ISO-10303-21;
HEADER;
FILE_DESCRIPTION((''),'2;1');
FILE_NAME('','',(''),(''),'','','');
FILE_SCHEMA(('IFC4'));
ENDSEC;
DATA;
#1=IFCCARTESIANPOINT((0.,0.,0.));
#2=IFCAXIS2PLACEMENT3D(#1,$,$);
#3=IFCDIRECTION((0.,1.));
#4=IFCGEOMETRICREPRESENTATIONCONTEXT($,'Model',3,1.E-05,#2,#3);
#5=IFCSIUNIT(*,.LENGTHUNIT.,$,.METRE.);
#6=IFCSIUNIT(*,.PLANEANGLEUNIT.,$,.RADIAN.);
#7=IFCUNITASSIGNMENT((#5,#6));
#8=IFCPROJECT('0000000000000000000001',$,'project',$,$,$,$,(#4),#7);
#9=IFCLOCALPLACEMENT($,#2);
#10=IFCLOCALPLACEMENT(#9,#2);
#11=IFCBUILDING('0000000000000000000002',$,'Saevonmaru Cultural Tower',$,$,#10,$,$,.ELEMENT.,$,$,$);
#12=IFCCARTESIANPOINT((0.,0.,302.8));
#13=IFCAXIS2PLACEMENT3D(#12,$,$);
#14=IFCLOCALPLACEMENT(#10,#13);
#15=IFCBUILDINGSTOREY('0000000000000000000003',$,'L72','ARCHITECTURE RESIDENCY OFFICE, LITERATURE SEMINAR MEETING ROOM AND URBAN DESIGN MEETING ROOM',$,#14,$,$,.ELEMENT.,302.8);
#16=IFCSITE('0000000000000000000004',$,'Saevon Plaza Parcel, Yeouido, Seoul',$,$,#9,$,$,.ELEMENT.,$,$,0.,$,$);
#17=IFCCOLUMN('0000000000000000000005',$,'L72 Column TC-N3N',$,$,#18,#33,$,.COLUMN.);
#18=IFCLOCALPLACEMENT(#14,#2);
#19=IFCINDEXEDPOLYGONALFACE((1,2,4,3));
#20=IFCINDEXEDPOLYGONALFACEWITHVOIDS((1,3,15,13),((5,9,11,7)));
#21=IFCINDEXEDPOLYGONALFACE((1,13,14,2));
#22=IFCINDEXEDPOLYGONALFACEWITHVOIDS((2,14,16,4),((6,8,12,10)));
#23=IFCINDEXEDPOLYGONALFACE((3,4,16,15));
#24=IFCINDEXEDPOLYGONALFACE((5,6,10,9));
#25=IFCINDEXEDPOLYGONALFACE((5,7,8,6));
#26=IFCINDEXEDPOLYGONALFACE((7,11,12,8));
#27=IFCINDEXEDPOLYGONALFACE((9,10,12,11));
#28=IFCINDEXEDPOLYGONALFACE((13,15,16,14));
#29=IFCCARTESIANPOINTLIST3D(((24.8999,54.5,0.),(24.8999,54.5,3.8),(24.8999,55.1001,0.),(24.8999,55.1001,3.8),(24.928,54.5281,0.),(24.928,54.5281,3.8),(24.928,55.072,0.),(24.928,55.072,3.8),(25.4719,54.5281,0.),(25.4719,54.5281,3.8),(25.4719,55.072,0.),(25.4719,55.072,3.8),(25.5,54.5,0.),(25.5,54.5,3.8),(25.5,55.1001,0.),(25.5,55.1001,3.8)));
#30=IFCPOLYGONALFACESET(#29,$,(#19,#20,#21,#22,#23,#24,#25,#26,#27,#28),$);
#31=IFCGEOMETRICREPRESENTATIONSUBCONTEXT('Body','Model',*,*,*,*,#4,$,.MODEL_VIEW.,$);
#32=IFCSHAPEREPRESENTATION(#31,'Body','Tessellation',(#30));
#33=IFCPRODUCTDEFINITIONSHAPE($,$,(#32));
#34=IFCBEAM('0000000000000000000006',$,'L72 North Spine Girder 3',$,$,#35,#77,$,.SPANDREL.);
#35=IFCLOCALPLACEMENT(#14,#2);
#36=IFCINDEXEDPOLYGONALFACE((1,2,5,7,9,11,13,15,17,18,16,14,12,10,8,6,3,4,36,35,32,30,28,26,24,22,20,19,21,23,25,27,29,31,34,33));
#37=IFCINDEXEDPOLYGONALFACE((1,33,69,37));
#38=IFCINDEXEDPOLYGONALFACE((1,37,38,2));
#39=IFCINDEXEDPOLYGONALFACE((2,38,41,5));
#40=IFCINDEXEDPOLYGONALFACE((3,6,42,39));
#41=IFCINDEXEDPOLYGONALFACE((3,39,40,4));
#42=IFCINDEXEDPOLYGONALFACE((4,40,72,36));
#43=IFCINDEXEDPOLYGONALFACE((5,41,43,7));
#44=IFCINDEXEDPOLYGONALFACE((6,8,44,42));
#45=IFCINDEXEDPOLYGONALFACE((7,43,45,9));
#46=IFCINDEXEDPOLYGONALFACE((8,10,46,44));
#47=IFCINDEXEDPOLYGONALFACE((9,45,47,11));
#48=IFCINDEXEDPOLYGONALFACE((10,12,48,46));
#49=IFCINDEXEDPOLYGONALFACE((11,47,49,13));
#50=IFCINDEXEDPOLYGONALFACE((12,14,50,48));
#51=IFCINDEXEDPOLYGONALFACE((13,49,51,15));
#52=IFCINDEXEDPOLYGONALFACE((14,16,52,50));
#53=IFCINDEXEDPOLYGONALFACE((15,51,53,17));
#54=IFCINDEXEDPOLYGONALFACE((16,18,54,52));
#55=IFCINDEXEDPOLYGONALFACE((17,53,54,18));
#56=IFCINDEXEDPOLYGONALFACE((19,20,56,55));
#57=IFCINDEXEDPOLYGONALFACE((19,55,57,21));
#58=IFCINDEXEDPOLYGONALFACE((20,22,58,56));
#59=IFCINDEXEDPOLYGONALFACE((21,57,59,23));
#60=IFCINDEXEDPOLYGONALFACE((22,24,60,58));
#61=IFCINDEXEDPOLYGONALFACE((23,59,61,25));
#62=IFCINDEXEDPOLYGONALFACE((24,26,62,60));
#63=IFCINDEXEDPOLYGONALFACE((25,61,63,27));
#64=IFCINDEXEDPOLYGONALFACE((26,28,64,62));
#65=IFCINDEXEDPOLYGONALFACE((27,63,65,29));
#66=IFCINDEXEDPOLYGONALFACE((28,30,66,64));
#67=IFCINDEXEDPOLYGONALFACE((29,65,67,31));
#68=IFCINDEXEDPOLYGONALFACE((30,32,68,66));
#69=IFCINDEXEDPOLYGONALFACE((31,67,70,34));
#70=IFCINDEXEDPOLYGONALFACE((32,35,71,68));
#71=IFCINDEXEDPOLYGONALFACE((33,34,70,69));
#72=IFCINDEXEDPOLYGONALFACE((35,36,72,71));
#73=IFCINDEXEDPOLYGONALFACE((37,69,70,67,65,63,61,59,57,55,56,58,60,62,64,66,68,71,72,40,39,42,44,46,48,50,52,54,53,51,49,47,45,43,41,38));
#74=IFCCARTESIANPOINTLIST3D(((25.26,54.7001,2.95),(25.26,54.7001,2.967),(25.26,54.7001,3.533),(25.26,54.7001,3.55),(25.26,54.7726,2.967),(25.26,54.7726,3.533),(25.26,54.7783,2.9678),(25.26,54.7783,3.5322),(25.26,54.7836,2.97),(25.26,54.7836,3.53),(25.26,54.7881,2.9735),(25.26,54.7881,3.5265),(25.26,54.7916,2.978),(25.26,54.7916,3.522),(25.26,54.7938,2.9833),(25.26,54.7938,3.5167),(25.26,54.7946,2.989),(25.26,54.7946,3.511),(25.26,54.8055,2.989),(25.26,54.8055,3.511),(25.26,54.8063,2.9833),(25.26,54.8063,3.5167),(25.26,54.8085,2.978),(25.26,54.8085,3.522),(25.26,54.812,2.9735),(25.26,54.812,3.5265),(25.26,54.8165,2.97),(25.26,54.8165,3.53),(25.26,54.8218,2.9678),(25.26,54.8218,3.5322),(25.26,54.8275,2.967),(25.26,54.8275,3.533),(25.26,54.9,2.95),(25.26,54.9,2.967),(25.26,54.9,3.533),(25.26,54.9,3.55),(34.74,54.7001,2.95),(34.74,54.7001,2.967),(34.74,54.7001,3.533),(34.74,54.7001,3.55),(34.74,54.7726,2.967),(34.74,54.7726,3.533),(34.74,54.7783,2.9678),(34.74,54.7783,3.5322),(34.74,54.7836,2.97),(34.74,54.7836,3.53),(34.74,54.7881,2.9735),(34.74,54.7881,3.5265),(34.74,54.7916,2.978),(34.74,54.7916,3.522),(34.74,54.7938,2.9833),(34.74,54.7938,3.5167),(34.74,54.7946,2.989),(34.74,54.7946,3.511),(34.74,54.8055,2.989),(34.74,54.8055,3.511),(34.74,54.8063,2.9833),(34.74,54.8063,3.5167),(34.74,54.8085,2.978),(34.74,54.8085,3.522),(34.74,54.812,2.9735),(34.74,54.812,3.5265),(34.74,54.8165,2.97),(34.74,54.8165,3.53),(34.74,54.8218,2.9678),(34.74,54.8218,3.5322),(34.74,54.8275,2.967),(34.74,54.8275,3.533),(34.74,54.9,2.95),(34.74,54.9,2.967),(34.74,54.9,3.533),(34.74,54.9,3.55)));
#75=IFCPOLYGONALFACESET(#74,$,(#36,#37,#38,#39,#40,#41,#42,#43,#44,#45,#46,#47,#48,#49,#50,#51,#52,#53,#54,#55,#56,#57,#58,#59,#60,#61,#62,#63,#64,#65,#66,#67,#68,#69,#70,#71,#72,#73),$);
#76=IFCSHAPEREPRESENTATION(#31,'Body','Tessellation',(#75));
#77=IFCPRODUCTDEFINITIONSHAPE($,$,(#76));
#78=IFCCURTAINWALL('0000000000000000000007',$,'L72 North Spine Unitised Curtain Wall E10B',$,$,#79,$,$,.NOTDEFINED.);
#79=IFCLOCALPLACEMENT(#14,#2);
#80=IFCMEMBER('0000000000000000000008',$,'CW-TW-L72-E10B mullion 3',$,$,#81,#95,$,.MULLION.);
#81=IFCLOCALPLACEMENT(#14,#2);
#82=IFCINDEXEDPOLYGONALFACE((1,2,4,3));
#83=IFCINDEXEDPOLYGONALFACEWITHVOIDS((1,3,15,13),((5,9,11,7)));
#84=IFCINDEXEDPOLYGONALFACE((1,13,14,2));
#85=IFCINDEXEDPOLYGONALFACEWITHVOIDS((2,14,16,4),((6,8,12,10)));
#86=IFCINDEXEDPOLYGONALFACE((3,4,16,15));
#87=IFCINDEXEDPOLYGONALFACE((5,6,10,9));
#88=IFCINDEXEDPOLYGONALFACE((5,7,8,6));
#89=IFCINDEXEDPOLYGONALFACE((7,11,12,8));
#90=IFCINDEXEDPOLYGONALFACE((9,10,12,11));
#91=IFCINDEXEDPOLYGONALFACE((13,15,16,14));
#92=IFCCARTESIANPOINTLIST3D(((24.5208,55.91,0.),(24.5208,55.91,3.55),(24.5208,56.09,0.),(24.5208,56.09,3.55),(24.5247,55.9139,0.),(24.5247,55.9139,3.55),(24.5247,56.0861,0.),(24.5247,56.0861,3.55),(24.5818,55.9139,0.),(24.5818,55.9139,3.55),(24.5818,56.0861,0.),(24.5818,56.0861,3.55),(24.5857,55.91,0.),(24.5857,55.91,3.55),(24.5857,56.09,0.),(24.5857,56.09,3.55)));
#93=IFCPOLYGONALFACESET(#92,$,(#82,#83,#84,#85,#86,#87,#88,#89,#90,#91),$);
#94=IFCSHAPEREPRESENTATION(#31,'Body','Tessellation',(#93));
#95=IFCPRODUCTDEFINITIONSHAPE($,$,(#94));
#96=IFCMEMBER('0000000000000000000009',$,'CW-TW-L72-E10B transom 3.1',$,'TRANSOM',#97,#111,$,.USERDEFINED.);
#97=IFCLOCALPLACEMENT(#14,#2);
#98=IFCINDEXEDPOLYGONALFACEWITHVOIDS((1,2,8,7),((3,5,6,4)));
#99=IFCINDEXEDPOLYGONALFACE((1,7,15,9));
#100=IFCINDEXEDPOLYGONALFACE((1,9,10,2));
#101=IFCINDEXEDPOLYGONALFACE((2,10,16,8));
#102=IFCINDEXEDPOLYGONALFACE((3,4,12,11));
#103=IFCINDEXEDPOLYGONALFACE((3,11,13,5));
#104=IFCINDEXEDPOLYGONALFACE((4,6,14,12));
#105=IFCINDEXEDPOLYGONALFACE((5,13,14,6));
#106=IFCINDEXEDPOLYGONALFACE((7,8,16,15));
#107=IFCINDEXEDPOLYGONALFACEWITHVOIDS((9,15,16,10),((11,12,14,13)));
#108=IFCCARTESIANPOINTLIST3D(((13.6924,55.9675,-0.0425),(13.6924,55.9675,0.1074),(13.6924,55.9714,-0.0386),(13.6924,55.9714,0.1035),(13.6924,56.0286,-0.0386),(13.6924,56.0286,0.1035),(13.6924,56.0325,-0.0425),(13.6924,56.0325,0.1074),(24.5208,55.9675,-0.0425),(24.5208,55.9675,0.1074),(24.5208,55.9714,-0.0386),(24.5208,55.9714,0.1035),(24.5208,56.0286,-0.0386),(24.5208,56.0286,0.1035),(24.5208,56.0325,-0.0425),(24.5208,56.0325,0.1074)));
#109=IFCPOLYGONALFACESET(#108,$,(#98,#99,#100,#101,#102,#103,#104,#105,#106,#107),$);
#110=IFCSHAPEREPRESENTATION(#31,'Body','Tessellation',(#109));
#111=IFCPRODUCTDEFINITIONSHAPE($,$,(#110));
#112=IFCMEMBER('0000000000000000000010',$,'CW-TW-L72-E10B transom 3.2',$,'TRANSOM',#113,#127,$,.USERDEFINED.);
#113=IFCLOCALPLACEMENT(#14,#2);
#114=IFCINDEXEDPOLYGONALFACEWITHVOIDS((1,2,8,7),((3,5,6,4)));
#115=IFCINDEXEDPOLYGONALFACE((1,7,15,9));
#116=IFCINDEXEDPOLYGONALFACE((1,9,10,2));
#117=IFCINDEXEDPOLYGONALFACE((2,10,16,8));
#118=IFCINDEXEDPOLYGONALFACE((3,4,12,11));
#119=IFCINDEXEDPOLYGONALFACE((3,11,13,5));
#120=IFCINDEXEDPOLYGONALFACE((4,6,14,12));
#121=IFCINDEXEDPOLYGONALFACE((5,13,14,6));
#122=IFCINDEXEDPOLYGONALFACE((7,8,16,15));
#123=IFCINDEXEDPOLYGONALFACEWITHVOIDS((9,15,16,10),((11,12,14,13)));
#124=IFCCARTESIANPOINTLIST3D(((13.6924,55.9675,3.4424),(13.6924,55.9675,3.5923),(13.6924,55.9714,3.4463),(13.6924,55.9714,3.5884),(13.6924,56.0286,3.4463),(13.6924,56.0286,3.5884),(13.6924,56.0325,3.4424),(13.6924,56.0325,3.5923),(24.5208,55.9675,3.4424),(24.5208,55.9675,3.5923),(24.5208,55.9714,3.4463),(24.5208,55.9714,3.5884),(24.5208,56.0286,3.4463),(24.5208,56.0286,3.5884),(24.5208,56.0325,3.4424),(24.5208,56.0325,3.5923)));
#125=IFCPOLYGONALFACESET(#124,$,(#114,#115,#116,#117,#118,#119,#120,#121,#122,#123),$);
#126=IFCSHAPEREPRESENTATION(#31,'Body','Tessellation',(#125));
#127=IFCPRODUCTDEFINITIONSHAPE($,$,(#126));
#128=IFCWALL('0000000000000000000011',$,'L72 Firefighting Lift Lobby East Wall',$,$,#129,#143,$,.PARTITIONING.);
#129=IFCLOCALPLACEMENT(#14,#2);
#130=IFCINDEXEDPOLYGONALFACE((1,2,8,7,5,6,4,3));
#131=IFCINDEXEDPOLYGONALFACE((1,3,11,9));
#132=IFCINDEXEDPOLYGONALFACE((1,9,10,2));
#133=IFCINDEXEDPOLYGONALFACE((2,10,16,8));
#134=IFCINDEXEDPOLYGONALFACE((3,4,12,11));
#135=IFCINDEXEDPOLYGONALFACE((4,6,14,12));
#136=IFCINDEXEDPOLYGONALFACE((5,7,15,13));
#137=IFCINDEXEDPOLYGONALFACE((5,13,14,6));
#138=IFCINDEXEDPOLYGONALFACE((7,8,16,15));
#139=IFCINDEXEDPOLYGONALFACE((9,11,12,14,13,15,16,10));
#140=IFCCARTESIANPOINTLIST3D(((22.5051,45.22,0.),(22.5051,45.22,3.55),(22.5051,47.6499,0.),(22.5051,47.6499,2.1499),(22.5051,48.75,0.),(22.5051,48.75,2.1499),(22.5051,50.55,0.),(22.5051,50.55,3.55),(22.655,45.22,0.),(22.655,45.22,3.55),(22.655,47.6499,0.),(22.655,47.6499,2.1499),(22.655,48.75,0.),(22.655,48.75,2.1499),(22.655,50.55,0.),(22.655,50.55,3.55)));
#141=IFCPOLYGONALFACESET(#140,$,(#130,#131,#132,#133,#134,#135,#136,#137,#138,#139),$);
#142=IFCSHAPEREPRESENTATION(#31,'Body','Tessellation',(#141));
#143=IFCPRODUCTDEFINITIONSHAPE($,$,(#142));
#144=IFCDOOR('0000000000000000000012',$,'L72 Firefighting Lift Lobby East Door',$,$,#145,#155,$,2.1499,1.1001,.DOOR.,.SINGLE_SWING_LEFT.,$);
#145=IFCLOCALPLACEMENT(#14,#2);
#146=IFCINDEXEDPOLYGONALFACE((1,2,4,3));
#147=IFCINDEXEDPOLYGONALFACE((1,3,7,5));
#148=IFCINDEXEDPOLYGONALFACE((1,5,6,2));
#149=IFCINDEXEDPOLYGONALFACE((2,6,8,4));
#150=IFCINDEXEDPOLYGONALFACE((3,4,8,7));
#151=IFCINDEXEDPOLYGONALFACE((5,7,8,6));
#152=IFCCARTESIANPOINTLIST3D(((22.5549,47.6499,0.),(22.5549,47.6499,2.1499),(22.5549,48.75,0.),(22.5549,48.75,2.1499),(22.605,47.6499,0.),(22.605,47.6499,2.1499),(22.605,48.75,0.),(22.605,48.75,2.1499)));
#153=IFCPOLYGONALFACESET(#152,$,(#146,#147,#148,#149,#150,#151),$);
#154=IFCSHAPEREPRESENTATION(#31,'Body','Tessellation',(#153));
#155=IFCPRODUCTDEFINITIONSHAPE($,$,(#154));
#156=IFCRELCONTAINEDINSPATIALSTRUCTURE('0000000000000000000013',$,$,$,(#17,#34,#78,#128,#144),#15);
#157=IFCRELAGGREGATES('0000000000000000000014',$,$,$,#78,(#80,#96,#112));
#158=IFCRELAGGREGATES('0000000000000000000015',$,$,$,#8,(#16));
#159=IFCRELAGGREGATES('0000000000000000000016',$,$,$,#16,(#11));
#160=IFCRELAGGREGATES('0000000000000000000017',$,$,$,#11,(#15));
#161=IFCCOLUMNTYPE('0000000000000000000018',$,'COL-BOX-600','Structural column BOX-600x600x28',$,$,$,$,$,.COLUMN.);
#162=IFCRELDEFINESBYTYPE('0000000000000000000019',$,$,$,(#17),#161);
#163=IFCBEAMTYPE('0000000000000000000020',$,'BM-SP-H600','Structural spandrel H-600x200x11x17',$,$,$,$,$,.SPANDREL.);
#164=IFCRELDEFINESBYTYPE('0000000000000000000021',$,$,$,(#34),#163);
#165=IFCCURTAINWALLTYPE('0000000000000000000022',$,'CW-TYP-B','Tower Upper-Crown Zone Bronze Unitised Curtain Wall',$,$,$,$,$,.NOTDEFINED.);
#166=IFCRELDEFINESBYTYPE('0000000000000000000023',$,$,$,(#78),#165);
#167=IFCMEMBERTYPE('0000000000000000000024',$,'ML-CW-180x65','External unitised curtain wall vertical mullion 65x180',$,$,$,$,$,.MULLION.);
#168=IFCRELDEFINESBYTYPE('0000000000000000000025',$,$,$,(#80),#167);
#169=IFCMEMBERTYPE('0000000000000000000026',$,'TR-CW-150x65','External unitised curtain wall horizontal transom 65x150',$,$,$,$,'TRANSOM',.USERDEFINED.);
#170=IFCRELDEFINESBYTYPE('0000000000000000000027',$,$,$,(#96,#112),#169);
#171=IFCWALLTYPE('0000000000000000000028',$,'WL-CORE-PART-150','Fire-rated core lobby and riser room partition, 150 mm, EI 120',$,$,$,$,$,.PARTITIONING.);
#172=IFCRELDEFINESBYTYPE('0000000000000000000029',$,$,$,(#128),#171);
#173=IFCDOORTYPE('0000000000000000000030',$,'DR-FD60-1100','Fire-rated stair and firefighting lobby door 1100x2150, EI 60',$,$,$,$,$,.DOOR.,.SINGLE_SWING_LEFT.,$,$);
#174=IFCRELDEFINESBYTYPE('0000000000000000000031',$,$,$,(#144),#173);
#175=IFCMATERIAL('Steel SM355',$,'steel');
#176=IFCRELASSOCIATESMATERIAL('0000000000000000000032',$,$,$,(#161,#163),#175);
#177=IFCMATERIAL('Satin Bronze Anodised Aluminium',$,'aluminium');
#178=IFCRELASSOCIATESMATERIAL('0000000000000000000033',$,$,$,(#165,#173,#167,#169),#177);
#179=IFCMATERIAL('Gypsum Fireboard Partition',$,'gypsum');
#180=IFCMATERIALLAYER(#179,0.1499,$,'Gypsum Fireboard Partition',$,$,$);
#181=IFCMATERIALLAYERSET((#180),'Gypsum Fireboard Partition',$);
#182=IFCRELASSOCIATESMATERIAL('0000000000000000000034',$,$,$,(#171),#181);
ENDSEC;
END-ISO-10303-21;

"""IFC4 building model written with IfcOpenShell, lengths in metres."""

from ifc_helpers import new_model, si_unit, direction, frame, frame_2d, origin, origin_2d, place, context, subcontext, project, spatial, rectangle, hollow_rectangle, i_section, extrude, material, layer, layer_set, material_profile, profile_set, type_object, element, fill, aggregate, save


model = new_model("IFC4")

# Units and contexts
model_context = context("Model", 3, precision=1e-05, world=origin(), true_north=direction((0.0, 1.0)))
body_context = subcontext(model_context, "Body", "Model", "MODEL_VIEW")
ifc_project = project(units=[si_unit("LENGTHUNIT", "METRE"), si_unit("PLANEANGLEUNIT", "RADIAN")], contexts=[model_context])

# Site, building, storey
site_placement = place(None, origin())
site = spatial("IfcSite", under=ifc_project, at=site_placement, Name="Saevon Plaza Parcel, Yeouido, Seoul", CompositionType="ELEMENT", RefElevation=0.0)
building_placement = place(site_placement, origin())
building = spatial("IfcBuilding", under=site, at=building_placement, Name="Saevonmaru Cultural Tower", CompositionType="ELEMENT")
storey_placement = place(building_placement, frame((0.0, 0.0, 302.8)))
storey = spatial("IfcBuildingStorey", under=building, at=storey_placement, Name="L72", Description="ARCHITECTURE RESIDENCY OFFICE, LITERATURE SEMINAR MEETING ROOM AND URBAN DESIGN MEETING ROOM", CompositionType="ELEMENT", Elevation=302.8)

# Column
ifc_material_1 = material(Name="Steel SM355", Category="steel")
ifc_material_profile_1 = material_profile(ifc_material_1, hollow_rectangle(XDim=0.6001, YDim=0.6001, WallThickness=0.0281, at=origin_2d()), Name="BOX-600x600x28")
ifc_profile_set_1 = profile_set([ifc_material_profile_1], Name="Steel SM355")
column_type = type_object("IfcColumnType", Name="COL-BOX-600", Description="Structural column BOX-600x600x28", PredefinedType="COLUMN", material=ifc_profile_set_1)
column_placement = place(storey_placement, frame((25.2, 54.8, 0.0), z_axis=(0.0, 0.0, 1.0), x_axis=(1.0, 0.0, 0.0)))
element("IfcColumn", 1, at=column_placement, inside=storey, type_object=column_type, Name="L72 Column TC-N3N", PredefinedType="COLUMN", context=body_context, shape_type="SweptSolid", body=[
    extrude(hollow_rectangle(XDim=0.6001, YDim=0.6001, WallThickness=0.0281, at=origin_2d()), origin(), (0.0, 0.0, 1.0), 3.8),
])

# Beam
ifc_material_profile_2 = material_profile(ifc_material_1, i_section(OverallWidth=0.2, OverallDepth=0.6001, WebThickness=0.011, FlangeThickness=0.0171, FilletRadius=0.022, at=origin_2d()), Name="H-600x200x11x17")
ifc_profile_set_2 = profile_set([ifc_material_profile_2], Name="Steel SM355")
beam_type = type_object("IfcBeamType", Name="BM-SP-H600", Description="Structural spandrel H-600x200x11x17", PredefinedType="SPANDREL", material=ifc_profile_set_2)
beam_placement = place(storey_placement, frame((25.26, 54.8, 3.25), z_axis=(1.0, 0.0, 0.0), x_axis=(0.0, 1.0, 0.0)))
element("IfcBeam", 2, at=beam_placement, inside=storey, type_object=beam_type, Name="L72 North Spine Girder 3", PredefinedType="SPANDREL", context=body_context, shape_type="SweptSolid", body=[
    extrude(i_section(OverallWidth=0.2, OverallDepth=0.6001, WebThickness=0.011, FlangeThickness=0.0171, FilletRadius=0.022, at=origin_2d()), origin(), (0.0, 0.0, 1.0), 9.48),
])

# Curtain wall, members
ifc_material_2 = material(Name="Satin Bronze Anodised Aluminium", Category="aluminium")
curtain_wall_type = type_object("IfcCurtainWallType", Name="CW-TYP-B", Description="Tower Upper-Crown Zone Bronze Unitised Curtain Wall", PredefinedType="NOTDEFINED", material=ifc_material_2)
curtain_wall_placement = place(storey_placement, origin())
curtain_wall = element("IfcCurtainWall", 3, at=curtain_wall_placement, inside=storey, type_object=curtain_wall_type, Name="L72 North Spine Unitised Curtain Wall E10B", PredefinedType="NOTDEFINED")
ifc_material_profile_3 = material_profile(ifc_material_2, hollow_rectangle(XDim=0.0649, YDim=0.1799, WallThickness=0.0039, at=origin_2d()), Name="ALU-MULL-180x65x4")
ifc_profile_set_3 = profile_set([ifc_material_profile_3], Name="Satin Bronze Anodised Aluminium")
member_type_1 = type_object("IfcMemberType", Name="ML-CW-180x65", Description="External unitised curtain wall vertical mullion 65x180", PredefinedType="MULLION", material=ifc_profile_set_3)
member_1_placement = place(storey_placement, frame((24.5532, 56.0, 0.0), z_axis=(0.0, 0.0, 1.0), x_axis=(-1.0, 0.0, 0.0)))
member_1 = element("IfcMember", 4, at=member_1_placement, type_object=member_type_1, Name="CW-TW-L72-E10B mullion 3", PredefinedType="MULLION", context=body_context, shape_type="SweptSolid", body=[
    extrude(hollow_rectangle(XDim=0.0649, YDim=0.1799, WallThickness=0.0039, at=origin_2d()), origin(), (0.0, 0.0, 1.0), 3.55),
])
ifc_material_profile_4 = material_profile(ifc_material_2, hollow_rectangle(XDim=0.0649, YDim=0.1499, WallThickness=0.0039, at=origin_2d()), Name="ALU-TRAN-150x65x4")
ifc_profile_set_4 = profile_set([ifc_material_profile_4], Name="Satin Bronze Anodised Aluminium")
member_type_2 = type_object("IfcMemberType", Name="TR-CW-150x65", Description="External unitised curtain wall horizontal transom 65x150", ElementType="TRANSOM", PredefinedType="USERDEFINED", material=ifc_profile_set_4)
member_2_placement = place(storey_placement, frame((24.5208, 56.0, 0.0325), z_axis=(-1.0, 0.0, 0.0), x_axis=(0.0, -1.0, 0.0)))
member_2 = element("IfcMember", 5, at=member_2_placement, type_object=member_type_2, Name="CW-TW-L72-E10B transom 3.1", ObjectType="TRANSOM", PredefinedType="USERDEFINED", context=body_context, shape_type="SweptSolid", body=[
    extrude(hollow_rectangle(XDim=0.0649, YDim=0.1499, WallThickness=0.0039, at=origin_2d()), origin(), (0.0, 0.0, 1.0), 10.8284),
])
member_3_placement = place(storey_placement, frame((24.5208, 56.0, 3.5173), z_axis=(-1.0, 0.0, 0.0), x_axis=(0.0, -1.0, 0.0)))
member_3 = element("IfcMember", 6, at=member_3_placement, type_object=member_type_2, Name="CW-TW-L72-E10B transom 3.2", ObjectType="TRANSOM", PredefinedType="USERDEFINED", context=body_context, shape_type="SweptSolid", body=[
    extrude(hollow_rectangle(XDim=0.0649, YDim=0.1499, WallThickness=0.0039, at=origin_2d()), origin(), (0.0, 0.0, 1.0), 10.8284),
])
aggregate(curtain_wall, [member_1, member_2, member_3])

# Wall, opening, door
ifc_material_3 = material(Name="Gypsum Fireboard Partition", Category="gypsum")
ifc_layer_1 = layer(ifc_material_3, 0.1499, Name="Gypsum Fireboard Partition")
ifc_layer_set_1 = layer_set([ifc_layer_1], Name="Gypsum Fireboard Partition")
wall_type_1 = type_object("IfcWallType", Name="WL-CORE-PART-150", Description="Fire-rated core lobby and riser room partition, 150 mm, EI 120", PredefinedType="PARTITIONING", material=ifc_layer_set_1)
wall_1_placement = place(storey_placement, frame((22.5801, 50.55, 0.0), z_axis=(0.0, 0.0, 1.0), x_axis=(0.0, -1.0, 0.0)))
wall_1 = element("IfcWall", 7, at=wall_1_placement, inside=storey, type_object=wall_type_1, Name="L72 Firefighting Lift Lobby East Wall", PredefinedType="PARTITIONING", context=body_context, shape_type="SweptSolid", body=[
    extrude(rectangle(XDim=5.3301, YDim=0.1499, at=frame_2d((2.665, 0.0))), origin(), (0.0, 0.0, 1.0), 3.55),
])
opening_1_placement = place(wall_1_placement, frame((1.8, 0.0, 0.0)))
opening_1 = element("IfcOpeningElement", 8, at=opening_1_placement, cuts=wall_1, PredefinedType="OPENING", context=body_context, shape_type="SweptSolid", body=[
    extrude(rectangle(XDim=1.1001, YDim=2.1499, at=frame_2d((0.55, 1.075))), frame((0.0, 0.085, 0.0), z_axis=(0.0, -1.0, 0.0), x_axis=(1.0, 0.0, 0.0)), (0.0, 0.0, 1.0), 0.1699),
])
door_type_1 = type_object("IfcDoorType", Name="DR-FD60-1100", Description="Fire-rated stair and firefighting lobby door 1100x2150, EI 60", OperationType="SINGLE_SWING_LEFT", PredefinedType="DOOR", material=ifc_material_2)
door_1_placement = place(opening_1_placement, origin())
door_1 = element("IfcDoor", 9, at=door_1_placement, inside=storey, type_object=door_type_1, Name="L72 Firefighting Lift Lobby East Door", OperationType="SINGLE_SWING_LEFT", OverallHeight=2.1499, OverallWidth=1.1001, PredefinedType="DOOR", context=body_context, shape_type="SweptSolid", body=[
    extrude(rectangle(XDim=1.1001, YDim=2.1499, at=frame_2d((0.55, 1.075))), frame((0.0, 0.0249, 0.0), z_axis=(0.0, -1.0, 0.0), x_axis=(1.0, 0.0, 0.0)), (0.0, 0.0, 1.0), 0.05),
])
fill(opening_1, door_1)

save(model, "model.ifc")
